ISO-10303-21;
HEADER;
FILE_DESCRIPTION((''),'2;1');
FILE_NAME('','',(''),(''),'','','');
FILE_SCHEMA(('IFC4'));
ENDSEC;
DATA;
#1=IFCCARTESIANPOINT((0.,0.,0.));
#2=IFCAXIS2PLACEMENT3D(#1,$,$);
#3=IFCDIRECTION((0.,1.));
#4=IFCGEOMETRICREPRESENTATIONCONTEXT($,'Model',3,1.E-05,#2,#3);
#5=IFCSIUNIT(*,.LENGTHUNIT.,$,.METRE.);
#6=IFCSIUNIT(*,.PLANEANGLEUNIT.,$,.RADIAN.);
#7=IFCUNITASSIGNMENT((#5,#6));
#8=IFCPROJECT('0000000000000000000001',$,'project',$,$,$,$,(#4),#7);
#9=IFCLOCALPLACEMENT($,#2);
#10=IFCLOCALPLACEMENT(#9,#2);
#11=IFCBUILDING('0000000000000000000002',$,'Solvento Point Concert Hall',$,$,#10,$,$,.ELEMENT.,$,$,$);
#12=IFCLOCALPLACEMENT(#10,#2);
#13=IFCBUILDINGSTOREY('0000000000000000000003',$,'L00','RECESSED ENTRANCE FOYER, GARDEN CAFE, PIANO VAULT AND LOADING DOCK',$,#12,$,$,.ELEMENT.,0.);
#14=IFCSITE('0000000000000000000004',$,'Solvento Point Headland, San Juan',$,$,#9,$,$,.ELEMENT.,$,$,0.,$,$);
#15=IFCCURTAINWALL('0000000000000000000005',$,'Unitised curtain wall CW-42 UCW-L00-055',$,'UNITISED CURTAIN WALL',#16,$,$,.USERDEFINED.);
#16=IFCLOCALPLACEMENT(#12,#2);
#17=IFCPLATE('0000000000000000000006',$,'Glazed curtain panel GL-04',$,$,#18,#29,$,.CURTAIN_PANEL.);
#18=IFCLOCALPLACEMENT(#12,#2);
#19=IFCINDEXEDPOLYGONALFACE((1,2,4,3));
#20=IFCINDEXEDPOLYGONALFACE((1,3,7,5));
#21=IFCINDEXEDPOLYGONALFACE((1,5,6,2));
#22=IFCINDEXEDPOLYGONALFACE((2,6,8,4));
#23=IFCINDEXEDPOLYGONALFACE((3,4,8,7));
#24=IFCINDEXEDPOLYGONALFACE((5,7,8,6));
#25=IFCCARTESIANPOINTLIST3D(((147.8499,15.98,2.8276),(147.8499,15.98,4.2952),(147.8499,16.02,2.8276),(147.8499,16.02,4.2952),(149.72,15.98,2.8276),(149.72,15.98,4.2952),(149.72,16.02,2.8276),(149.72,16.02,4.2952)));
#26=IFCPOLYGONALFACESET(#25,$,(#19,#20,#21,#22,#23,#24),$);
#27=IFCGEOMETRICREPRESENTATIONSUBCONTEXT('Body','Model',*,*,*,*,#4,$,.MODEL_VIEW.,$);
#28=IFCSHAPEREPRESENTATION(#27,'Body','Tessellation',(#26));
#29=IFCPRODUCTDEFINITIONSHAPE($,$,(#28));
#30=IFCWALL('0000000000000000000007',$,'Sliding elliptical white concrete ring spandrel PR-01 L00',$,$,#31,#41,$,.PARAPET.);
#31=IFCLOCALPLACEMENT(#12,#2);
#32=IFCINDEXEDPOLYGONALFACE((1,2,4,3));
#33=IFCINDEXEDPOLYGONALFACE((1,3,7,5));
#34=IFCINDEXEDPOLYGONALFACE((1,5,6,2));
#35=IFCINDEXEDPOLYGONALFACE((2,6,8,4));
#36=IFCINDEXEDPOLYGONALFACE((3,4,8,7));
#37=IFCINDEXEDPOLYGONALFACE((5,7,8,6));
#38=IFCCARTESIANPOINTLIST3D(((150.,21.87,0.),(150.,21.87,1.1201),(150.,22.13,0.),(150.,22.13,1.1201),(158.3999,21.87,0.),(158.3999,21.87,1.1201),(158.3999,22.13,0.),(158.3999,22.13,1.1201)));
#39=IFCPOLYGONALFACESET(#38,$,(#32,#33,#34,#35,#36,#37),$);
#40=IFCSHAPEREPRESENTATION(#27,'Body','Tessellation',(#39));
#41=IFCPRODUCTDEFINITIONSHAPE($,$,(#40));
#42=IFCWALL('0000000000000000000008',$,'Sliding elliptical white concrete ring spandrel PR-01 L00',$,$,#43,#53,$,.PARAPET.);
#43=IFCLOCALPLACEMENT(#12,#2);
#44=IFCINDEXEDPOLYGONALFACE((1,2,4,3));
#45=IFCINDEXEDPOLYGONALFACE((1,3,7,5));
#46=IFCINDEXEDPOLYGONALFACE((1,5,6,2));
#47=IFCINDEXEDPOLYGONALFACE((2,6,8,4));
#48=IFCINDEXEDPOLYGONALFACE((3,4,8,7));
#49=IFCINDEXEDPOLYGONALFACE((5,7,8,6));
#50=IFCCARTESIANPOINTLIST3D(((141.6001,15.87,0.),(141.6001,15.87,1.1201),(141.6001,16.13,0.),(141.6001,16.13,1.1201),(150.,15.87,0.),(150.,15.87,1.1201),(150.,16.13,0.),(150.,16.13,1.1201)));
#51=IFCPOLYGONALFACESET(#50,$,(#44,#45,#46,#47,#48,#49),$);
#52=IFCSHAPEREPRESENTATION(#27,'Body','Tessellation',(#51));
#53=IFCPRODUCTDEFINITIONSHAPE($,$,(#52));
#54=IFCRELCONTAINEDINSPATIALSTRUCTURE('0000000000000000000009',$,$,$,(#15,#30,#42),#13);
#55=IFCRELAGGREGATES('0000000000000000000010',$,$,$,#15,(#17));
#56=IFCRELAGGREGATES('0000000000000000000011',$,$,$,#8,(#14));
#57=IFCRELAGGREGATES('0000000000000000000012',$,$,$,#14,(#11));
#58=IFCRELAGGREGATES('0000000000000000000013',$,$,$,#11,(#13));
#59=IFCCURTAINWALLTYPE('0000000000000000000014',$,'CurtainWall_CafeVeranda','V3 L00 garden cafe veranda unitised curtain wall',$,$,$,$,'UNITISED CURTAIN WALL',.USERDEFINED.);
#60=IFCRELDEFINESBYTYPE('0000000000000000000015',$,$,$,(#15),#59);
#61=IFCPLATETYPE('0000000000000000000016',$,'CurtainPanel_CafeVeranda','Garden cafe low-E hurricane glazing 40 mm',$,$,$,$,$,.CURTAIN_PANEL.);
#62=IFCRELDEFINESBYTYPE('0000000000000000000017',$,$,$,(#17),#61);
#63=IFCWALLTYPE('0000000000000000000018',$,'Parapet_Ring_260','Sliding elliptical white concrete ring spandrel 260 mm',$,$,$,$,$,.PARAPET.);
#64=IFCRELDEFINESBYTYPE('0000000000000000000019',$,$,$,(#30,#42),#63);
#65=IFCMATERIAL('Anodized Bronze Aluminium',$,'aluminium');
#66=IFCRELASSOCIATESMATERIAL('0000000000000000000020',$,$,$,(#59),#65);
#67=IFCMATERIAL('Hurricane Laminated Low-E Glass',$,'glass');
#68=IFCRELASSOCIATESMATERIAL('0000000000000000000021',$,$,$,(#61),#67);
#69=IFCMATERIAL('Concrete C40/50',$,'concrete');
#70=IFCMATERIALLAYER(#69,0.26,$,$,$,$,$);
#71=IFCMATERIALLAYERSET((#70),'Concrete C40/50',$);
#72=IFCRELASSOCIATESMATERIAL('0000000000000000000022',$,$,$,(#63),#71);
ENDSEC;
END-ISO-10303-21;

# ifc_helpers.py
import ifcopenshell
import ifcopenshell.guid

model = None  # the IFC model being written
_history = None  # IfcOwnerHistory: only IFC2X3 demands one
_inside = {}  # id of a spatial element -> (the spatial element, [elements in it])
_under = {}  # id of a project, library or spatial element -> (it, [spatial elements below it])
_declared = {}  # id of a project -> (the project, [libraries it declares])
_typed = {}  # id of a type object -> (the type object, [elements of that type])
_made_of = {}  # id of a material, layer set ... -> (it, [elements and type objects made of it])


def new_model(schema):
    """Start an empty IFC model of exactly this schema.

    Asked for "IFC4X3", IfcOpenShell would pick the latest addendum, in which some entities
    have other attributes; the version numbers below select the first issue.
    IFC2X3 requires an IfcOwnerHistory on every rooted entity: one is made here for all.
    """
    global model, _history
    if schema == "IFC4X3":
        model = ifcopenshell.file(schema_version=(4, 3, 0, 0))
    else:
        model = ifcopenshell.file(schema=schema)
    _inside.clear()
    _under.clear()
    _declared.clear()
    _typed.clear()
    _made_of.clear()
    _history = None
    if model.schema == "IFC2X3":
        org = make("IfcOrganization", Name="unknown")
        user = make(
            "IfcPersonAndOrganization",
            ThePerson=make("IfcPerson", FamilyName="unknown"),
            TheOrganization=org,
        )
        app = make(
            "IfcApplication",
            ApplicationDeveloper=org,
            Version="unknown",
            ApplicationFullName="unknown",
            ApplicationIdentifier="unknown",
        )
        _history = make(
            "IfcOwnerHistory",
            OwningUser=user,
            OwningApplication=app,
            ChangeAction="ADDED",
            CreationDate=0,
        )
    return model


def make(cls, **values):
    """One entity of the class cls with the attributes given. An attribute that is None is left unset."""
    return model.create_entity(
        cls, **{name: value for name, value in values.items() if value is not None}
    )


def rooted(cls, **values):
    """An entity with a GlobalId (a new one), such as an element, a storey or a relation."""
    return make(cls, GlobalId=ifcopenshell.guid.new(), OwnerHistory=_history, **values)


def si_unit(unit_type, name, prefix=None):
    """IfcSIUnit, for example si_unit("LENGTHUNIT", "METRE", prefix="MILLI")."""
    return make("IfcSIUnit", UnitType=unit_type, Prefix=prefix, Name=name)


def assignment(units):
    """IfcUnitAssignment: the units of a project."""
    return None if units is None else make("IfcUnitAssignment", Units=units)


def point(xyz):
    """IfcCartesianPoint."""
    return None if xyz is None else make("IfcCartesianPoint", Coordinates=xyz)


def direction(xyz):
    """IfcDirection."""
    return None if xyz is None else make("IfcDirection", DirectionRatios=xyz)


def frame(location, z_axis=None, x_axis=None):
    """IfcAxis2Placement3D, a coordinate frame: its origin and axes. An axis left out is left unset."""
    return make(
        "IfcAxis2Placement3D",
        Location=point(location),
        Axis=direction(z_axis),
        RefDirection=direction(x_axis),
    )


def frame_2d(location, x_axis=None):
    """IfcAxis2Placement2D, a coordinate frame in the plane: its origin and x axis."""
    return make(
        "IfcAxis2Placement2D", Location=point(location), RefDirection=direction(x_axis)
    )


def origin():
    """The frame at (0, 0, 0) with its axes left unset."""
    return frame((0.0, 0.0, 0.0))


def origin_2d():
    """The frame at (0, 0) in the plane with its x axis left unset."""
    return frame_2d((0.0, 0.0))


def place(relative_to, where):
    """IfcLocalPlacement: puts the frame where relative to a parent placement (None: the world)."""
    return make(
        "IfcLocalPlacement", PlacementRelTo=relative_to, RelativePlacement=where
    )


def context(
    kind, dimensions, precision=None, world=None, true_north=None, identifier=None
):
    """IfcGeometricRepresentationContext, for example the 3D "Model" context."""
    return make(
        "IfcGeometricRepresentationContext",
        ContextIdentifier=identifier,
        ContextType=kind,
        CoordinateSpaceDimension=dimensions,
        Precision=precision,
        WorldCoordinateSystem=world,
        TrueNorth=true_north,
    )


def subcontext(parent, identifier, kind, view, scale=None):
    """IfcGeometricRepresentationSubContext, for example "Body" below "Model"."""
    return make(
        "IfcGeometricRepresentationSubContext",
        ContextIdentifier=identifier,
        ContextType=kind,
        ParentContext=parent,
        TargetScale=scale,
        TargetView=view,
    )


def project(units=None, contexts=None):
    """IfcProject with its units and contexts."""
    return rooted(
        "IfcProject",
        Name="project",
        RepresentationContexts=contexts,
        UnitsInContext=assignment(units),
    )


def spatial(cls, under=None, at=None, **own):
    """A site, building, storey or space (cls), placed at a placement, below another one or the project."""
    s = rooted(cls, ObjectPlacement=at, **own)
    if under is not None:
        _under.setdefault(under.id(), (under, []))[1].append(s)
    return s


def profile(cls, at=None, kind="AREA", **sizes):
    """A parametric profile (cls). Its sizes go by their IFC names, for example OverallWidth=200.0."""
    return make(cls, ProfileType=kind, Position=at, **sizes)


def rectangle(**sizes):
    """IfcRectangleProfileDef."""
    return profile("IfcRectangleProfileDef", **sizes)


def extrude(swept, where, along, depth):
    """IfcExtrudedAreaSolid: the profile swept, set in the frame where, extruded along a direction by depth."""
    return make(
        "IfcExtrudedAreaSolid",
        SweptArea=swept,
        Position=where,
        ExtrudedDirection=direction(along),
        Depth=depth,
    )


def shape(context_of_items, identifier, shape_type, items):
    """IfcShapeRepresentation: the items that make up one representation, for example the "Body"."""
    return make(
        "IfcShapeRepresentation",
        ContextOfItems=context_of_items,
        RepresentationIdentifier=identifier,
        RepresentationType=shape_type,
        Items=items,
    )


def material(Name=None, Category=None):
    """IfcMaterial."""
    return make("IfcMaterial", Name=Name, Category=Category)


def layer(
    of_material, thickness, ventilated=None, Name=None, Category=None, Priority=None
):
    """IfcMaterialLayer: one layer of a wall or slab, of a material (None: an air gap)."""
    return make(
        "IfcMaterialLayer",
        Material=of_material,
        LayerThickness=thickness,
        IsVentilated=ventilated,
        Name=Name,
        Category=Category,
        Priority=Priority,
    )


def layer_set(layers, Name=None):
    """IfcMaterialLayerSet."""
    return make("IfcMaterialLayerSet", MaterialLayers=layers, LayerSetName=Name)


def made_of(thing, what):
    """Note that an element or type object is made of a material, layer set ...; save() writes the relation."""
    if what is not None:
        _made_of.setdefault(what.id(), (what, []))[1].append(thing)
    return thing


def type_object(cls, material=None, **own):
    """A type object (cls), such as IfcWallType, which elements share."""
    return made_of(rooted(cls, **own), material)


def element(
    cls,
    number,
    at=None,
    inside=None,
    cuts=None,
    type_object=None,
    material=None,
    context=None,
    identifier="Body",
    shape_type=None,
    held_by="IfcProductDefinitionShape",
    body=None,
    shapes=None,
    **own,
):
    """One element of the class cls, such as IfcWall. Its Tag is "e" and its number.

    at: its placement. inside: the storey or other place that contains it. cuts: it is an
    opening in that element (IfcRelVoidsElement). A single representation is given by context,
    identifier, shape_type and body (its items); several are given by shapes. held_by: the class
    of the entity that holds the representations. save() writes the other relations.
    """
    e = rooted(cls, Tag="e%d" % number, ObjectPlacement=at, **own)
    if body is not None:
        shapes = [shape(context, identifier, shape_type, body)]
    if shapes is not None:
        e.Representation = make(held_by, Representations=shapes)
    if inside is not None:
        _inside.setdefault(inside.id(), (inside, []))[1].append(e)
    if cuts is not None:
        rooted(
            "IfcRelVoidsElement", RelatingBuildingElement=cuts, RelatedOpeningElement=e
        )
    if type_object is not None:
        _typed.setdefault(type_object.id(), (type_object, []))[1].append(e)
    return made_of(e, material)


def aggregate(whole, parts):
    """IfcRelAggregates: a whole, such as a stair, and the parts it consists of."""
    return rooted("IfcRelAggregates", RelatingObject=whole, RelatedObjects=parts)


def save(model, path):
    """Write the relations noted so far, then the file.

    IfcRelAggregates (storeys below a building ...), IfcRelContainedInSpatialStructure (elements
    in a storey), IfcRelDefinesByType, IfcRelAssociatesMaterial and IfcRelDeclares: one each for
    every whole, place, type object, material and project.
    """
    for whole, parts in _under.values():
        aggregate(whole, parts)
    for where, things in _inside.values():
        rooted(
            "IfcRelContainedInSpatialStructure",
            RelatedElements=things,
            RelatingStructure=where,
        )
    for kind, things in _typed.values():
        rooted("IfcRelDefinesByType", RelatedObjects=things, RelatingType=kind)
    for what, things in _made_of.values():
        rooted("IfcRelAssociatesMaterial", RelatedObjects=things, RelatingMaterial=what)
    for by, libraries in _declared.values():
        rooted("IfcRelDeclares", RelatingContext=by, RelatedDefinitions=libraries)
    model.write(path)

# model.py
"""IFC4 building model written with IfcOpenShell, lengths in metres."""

from ifc_helpers import new_model, si_unit, direction, frame, frame_2d, origin, origin_2d, place, context, subcontext, project, spatial, rectangle, extrude, material, layer, layer_set, type_object, element, aggregate, save


model = new_model("IFC4")

# Units and contexts
model_context = context("Model", 3, precision=1e-05, world=origin(), true_north=direction((0.0, 1.0)))
body_context = subcontext(model_context, "Body", "Model", "MODEL_VIEW")
ifc_project = project(units=[si_unit("LENGTHUNIT", "METRE"), si_unit("PLANEANGLEUNIT", "RADIAN")], contexts=[model_context])

# Site, building, storey
site_placement = place(None, origin())
site = spatial("IfcSite", under=ifc_project, at=site_placement, Name="Solvento Point Headland, San Juan", CompositionType="ELEMENT", RefElevation=0.0)
building_placement = place(site_placement, origin())
building = spatial("IfcBuilding", under=site, at=building_placement, Name="Solvento Point Concert Hall", CompositionType="ELEMENT")
storey_placement = place(building_placement, origin())
storey = spatial("IfcBuildingStorey", under=building, at=storey_placement, Name="L00", Description="RECESSED ENTRANCE FOYER, GARDEN CAFE, PIANO VAULT AND LOADING DOCK", CompositionType="ELEMENT", Elevation=0.0)

# Shared definitions
ifc_material_1 = material(Name="Anodized Bronze Aluminium", Category="aluminium")
curtain_wall_type = type_object("IfcCurtainWallType", Name="CurtainWall_CafeVeranda", Description="V3 L00 garden cafe veranda unitised curtain wall", ElementType="UNITISED CURTAIN WALL", PredefinedType="USERDEFINED", material=ifc_material_1)

# Curtain wall
curtain_wall_1_placement = place(storey_placement, origin())
curtain_wall_1 = element("IfcCurtainWall", 1, at=curtain_wall_1_placement, inside=storey, type_object=curtain_wall_type, Name="Unitised curtain wall CW-42 UCW-L00-055", ObjectType="UNITISED CURTAIN WALL", PredefinedType="USERDEFINED")

# Plate
ifc_material_2 = material(Name="Hurricane Laminated Low-E Glass", Category="glass")
plate_type = type_object("IfcPlateType", Name="CurtainPanel_CafeVeranda", Description="Garden cafe low-E hurricane glazing 40 mm", PredefinedType="CURTAIN_PANEL", material=ifc_material_2)
plate_1_placement = place(storey_placement, frame((148.7849, 16.0, 2.8276), z_axis=(0.0, 0.0, 1.0), x_axis=(1.0, 0.0, 0.0)))
plate_1 = element("IfcPlate", 2, at=plate_1_placement, type_object=plate_type, Name="Glazed curtain panel GL-04", PredefinedType="CURTAIN_PANEL", context=body_context, shape_type="SweptSolid", body=[
    extrude(rectangle(XDim=1.8701, YDim=0.04, at=origin_2d()), origin(), (0.0, 0.0, 1.0), 1.4675),
])
aggregate(curtain_wall_1, [plate_1])

# Walls
ifc_material_3 = material(Name="Concrete C40/50", Category="concrete")
ifc_layer = layer(ifc_material_3, 0.26)
ifc_layer_set = layer_set([ifc_layer], Name="Concrete C40/50")
wall_type = type_object("IfcWallType", Name="Parapet_Ring_260", Description="Sliding elliptical white concrete ring spandrel 260 mm", PredefinedType="PARAPET", material=ifc_layer_set)
for number, where, z_axis, x_axis, name in (
    (3, (150.0, 22.0, 0.0), (0.0, 0.0, 1.0), (1.0, 0.0, 0.0), "Sliding elliptical white concrete ring spandrel PR-01 L00"),
    (4, (150.0, 16.0, 0.0), (0.0, 0.0, 1.0), (-1.0, 0.0, 0.0), "Sliding elliptical white concrete ring spandrel PR-01 L00"),
):
    element("IfcWall", number, at=place(storey_placement, frame(where, z_axis=z_axis, x_axis=x_axis)), inside=storey, type_object=wall_type, Name=name, PredefinedType="PARAPET", context=body_context, shape_type="SweptSolid", body=[
        extrude(rectangle(XDim=8.3999, YDim=0.26, at=frame_2d((4.2, 0.0))), origin(), (0.0, 0.0, 1.0), 1.1201),
    ])

save(model, "model.ifc")
